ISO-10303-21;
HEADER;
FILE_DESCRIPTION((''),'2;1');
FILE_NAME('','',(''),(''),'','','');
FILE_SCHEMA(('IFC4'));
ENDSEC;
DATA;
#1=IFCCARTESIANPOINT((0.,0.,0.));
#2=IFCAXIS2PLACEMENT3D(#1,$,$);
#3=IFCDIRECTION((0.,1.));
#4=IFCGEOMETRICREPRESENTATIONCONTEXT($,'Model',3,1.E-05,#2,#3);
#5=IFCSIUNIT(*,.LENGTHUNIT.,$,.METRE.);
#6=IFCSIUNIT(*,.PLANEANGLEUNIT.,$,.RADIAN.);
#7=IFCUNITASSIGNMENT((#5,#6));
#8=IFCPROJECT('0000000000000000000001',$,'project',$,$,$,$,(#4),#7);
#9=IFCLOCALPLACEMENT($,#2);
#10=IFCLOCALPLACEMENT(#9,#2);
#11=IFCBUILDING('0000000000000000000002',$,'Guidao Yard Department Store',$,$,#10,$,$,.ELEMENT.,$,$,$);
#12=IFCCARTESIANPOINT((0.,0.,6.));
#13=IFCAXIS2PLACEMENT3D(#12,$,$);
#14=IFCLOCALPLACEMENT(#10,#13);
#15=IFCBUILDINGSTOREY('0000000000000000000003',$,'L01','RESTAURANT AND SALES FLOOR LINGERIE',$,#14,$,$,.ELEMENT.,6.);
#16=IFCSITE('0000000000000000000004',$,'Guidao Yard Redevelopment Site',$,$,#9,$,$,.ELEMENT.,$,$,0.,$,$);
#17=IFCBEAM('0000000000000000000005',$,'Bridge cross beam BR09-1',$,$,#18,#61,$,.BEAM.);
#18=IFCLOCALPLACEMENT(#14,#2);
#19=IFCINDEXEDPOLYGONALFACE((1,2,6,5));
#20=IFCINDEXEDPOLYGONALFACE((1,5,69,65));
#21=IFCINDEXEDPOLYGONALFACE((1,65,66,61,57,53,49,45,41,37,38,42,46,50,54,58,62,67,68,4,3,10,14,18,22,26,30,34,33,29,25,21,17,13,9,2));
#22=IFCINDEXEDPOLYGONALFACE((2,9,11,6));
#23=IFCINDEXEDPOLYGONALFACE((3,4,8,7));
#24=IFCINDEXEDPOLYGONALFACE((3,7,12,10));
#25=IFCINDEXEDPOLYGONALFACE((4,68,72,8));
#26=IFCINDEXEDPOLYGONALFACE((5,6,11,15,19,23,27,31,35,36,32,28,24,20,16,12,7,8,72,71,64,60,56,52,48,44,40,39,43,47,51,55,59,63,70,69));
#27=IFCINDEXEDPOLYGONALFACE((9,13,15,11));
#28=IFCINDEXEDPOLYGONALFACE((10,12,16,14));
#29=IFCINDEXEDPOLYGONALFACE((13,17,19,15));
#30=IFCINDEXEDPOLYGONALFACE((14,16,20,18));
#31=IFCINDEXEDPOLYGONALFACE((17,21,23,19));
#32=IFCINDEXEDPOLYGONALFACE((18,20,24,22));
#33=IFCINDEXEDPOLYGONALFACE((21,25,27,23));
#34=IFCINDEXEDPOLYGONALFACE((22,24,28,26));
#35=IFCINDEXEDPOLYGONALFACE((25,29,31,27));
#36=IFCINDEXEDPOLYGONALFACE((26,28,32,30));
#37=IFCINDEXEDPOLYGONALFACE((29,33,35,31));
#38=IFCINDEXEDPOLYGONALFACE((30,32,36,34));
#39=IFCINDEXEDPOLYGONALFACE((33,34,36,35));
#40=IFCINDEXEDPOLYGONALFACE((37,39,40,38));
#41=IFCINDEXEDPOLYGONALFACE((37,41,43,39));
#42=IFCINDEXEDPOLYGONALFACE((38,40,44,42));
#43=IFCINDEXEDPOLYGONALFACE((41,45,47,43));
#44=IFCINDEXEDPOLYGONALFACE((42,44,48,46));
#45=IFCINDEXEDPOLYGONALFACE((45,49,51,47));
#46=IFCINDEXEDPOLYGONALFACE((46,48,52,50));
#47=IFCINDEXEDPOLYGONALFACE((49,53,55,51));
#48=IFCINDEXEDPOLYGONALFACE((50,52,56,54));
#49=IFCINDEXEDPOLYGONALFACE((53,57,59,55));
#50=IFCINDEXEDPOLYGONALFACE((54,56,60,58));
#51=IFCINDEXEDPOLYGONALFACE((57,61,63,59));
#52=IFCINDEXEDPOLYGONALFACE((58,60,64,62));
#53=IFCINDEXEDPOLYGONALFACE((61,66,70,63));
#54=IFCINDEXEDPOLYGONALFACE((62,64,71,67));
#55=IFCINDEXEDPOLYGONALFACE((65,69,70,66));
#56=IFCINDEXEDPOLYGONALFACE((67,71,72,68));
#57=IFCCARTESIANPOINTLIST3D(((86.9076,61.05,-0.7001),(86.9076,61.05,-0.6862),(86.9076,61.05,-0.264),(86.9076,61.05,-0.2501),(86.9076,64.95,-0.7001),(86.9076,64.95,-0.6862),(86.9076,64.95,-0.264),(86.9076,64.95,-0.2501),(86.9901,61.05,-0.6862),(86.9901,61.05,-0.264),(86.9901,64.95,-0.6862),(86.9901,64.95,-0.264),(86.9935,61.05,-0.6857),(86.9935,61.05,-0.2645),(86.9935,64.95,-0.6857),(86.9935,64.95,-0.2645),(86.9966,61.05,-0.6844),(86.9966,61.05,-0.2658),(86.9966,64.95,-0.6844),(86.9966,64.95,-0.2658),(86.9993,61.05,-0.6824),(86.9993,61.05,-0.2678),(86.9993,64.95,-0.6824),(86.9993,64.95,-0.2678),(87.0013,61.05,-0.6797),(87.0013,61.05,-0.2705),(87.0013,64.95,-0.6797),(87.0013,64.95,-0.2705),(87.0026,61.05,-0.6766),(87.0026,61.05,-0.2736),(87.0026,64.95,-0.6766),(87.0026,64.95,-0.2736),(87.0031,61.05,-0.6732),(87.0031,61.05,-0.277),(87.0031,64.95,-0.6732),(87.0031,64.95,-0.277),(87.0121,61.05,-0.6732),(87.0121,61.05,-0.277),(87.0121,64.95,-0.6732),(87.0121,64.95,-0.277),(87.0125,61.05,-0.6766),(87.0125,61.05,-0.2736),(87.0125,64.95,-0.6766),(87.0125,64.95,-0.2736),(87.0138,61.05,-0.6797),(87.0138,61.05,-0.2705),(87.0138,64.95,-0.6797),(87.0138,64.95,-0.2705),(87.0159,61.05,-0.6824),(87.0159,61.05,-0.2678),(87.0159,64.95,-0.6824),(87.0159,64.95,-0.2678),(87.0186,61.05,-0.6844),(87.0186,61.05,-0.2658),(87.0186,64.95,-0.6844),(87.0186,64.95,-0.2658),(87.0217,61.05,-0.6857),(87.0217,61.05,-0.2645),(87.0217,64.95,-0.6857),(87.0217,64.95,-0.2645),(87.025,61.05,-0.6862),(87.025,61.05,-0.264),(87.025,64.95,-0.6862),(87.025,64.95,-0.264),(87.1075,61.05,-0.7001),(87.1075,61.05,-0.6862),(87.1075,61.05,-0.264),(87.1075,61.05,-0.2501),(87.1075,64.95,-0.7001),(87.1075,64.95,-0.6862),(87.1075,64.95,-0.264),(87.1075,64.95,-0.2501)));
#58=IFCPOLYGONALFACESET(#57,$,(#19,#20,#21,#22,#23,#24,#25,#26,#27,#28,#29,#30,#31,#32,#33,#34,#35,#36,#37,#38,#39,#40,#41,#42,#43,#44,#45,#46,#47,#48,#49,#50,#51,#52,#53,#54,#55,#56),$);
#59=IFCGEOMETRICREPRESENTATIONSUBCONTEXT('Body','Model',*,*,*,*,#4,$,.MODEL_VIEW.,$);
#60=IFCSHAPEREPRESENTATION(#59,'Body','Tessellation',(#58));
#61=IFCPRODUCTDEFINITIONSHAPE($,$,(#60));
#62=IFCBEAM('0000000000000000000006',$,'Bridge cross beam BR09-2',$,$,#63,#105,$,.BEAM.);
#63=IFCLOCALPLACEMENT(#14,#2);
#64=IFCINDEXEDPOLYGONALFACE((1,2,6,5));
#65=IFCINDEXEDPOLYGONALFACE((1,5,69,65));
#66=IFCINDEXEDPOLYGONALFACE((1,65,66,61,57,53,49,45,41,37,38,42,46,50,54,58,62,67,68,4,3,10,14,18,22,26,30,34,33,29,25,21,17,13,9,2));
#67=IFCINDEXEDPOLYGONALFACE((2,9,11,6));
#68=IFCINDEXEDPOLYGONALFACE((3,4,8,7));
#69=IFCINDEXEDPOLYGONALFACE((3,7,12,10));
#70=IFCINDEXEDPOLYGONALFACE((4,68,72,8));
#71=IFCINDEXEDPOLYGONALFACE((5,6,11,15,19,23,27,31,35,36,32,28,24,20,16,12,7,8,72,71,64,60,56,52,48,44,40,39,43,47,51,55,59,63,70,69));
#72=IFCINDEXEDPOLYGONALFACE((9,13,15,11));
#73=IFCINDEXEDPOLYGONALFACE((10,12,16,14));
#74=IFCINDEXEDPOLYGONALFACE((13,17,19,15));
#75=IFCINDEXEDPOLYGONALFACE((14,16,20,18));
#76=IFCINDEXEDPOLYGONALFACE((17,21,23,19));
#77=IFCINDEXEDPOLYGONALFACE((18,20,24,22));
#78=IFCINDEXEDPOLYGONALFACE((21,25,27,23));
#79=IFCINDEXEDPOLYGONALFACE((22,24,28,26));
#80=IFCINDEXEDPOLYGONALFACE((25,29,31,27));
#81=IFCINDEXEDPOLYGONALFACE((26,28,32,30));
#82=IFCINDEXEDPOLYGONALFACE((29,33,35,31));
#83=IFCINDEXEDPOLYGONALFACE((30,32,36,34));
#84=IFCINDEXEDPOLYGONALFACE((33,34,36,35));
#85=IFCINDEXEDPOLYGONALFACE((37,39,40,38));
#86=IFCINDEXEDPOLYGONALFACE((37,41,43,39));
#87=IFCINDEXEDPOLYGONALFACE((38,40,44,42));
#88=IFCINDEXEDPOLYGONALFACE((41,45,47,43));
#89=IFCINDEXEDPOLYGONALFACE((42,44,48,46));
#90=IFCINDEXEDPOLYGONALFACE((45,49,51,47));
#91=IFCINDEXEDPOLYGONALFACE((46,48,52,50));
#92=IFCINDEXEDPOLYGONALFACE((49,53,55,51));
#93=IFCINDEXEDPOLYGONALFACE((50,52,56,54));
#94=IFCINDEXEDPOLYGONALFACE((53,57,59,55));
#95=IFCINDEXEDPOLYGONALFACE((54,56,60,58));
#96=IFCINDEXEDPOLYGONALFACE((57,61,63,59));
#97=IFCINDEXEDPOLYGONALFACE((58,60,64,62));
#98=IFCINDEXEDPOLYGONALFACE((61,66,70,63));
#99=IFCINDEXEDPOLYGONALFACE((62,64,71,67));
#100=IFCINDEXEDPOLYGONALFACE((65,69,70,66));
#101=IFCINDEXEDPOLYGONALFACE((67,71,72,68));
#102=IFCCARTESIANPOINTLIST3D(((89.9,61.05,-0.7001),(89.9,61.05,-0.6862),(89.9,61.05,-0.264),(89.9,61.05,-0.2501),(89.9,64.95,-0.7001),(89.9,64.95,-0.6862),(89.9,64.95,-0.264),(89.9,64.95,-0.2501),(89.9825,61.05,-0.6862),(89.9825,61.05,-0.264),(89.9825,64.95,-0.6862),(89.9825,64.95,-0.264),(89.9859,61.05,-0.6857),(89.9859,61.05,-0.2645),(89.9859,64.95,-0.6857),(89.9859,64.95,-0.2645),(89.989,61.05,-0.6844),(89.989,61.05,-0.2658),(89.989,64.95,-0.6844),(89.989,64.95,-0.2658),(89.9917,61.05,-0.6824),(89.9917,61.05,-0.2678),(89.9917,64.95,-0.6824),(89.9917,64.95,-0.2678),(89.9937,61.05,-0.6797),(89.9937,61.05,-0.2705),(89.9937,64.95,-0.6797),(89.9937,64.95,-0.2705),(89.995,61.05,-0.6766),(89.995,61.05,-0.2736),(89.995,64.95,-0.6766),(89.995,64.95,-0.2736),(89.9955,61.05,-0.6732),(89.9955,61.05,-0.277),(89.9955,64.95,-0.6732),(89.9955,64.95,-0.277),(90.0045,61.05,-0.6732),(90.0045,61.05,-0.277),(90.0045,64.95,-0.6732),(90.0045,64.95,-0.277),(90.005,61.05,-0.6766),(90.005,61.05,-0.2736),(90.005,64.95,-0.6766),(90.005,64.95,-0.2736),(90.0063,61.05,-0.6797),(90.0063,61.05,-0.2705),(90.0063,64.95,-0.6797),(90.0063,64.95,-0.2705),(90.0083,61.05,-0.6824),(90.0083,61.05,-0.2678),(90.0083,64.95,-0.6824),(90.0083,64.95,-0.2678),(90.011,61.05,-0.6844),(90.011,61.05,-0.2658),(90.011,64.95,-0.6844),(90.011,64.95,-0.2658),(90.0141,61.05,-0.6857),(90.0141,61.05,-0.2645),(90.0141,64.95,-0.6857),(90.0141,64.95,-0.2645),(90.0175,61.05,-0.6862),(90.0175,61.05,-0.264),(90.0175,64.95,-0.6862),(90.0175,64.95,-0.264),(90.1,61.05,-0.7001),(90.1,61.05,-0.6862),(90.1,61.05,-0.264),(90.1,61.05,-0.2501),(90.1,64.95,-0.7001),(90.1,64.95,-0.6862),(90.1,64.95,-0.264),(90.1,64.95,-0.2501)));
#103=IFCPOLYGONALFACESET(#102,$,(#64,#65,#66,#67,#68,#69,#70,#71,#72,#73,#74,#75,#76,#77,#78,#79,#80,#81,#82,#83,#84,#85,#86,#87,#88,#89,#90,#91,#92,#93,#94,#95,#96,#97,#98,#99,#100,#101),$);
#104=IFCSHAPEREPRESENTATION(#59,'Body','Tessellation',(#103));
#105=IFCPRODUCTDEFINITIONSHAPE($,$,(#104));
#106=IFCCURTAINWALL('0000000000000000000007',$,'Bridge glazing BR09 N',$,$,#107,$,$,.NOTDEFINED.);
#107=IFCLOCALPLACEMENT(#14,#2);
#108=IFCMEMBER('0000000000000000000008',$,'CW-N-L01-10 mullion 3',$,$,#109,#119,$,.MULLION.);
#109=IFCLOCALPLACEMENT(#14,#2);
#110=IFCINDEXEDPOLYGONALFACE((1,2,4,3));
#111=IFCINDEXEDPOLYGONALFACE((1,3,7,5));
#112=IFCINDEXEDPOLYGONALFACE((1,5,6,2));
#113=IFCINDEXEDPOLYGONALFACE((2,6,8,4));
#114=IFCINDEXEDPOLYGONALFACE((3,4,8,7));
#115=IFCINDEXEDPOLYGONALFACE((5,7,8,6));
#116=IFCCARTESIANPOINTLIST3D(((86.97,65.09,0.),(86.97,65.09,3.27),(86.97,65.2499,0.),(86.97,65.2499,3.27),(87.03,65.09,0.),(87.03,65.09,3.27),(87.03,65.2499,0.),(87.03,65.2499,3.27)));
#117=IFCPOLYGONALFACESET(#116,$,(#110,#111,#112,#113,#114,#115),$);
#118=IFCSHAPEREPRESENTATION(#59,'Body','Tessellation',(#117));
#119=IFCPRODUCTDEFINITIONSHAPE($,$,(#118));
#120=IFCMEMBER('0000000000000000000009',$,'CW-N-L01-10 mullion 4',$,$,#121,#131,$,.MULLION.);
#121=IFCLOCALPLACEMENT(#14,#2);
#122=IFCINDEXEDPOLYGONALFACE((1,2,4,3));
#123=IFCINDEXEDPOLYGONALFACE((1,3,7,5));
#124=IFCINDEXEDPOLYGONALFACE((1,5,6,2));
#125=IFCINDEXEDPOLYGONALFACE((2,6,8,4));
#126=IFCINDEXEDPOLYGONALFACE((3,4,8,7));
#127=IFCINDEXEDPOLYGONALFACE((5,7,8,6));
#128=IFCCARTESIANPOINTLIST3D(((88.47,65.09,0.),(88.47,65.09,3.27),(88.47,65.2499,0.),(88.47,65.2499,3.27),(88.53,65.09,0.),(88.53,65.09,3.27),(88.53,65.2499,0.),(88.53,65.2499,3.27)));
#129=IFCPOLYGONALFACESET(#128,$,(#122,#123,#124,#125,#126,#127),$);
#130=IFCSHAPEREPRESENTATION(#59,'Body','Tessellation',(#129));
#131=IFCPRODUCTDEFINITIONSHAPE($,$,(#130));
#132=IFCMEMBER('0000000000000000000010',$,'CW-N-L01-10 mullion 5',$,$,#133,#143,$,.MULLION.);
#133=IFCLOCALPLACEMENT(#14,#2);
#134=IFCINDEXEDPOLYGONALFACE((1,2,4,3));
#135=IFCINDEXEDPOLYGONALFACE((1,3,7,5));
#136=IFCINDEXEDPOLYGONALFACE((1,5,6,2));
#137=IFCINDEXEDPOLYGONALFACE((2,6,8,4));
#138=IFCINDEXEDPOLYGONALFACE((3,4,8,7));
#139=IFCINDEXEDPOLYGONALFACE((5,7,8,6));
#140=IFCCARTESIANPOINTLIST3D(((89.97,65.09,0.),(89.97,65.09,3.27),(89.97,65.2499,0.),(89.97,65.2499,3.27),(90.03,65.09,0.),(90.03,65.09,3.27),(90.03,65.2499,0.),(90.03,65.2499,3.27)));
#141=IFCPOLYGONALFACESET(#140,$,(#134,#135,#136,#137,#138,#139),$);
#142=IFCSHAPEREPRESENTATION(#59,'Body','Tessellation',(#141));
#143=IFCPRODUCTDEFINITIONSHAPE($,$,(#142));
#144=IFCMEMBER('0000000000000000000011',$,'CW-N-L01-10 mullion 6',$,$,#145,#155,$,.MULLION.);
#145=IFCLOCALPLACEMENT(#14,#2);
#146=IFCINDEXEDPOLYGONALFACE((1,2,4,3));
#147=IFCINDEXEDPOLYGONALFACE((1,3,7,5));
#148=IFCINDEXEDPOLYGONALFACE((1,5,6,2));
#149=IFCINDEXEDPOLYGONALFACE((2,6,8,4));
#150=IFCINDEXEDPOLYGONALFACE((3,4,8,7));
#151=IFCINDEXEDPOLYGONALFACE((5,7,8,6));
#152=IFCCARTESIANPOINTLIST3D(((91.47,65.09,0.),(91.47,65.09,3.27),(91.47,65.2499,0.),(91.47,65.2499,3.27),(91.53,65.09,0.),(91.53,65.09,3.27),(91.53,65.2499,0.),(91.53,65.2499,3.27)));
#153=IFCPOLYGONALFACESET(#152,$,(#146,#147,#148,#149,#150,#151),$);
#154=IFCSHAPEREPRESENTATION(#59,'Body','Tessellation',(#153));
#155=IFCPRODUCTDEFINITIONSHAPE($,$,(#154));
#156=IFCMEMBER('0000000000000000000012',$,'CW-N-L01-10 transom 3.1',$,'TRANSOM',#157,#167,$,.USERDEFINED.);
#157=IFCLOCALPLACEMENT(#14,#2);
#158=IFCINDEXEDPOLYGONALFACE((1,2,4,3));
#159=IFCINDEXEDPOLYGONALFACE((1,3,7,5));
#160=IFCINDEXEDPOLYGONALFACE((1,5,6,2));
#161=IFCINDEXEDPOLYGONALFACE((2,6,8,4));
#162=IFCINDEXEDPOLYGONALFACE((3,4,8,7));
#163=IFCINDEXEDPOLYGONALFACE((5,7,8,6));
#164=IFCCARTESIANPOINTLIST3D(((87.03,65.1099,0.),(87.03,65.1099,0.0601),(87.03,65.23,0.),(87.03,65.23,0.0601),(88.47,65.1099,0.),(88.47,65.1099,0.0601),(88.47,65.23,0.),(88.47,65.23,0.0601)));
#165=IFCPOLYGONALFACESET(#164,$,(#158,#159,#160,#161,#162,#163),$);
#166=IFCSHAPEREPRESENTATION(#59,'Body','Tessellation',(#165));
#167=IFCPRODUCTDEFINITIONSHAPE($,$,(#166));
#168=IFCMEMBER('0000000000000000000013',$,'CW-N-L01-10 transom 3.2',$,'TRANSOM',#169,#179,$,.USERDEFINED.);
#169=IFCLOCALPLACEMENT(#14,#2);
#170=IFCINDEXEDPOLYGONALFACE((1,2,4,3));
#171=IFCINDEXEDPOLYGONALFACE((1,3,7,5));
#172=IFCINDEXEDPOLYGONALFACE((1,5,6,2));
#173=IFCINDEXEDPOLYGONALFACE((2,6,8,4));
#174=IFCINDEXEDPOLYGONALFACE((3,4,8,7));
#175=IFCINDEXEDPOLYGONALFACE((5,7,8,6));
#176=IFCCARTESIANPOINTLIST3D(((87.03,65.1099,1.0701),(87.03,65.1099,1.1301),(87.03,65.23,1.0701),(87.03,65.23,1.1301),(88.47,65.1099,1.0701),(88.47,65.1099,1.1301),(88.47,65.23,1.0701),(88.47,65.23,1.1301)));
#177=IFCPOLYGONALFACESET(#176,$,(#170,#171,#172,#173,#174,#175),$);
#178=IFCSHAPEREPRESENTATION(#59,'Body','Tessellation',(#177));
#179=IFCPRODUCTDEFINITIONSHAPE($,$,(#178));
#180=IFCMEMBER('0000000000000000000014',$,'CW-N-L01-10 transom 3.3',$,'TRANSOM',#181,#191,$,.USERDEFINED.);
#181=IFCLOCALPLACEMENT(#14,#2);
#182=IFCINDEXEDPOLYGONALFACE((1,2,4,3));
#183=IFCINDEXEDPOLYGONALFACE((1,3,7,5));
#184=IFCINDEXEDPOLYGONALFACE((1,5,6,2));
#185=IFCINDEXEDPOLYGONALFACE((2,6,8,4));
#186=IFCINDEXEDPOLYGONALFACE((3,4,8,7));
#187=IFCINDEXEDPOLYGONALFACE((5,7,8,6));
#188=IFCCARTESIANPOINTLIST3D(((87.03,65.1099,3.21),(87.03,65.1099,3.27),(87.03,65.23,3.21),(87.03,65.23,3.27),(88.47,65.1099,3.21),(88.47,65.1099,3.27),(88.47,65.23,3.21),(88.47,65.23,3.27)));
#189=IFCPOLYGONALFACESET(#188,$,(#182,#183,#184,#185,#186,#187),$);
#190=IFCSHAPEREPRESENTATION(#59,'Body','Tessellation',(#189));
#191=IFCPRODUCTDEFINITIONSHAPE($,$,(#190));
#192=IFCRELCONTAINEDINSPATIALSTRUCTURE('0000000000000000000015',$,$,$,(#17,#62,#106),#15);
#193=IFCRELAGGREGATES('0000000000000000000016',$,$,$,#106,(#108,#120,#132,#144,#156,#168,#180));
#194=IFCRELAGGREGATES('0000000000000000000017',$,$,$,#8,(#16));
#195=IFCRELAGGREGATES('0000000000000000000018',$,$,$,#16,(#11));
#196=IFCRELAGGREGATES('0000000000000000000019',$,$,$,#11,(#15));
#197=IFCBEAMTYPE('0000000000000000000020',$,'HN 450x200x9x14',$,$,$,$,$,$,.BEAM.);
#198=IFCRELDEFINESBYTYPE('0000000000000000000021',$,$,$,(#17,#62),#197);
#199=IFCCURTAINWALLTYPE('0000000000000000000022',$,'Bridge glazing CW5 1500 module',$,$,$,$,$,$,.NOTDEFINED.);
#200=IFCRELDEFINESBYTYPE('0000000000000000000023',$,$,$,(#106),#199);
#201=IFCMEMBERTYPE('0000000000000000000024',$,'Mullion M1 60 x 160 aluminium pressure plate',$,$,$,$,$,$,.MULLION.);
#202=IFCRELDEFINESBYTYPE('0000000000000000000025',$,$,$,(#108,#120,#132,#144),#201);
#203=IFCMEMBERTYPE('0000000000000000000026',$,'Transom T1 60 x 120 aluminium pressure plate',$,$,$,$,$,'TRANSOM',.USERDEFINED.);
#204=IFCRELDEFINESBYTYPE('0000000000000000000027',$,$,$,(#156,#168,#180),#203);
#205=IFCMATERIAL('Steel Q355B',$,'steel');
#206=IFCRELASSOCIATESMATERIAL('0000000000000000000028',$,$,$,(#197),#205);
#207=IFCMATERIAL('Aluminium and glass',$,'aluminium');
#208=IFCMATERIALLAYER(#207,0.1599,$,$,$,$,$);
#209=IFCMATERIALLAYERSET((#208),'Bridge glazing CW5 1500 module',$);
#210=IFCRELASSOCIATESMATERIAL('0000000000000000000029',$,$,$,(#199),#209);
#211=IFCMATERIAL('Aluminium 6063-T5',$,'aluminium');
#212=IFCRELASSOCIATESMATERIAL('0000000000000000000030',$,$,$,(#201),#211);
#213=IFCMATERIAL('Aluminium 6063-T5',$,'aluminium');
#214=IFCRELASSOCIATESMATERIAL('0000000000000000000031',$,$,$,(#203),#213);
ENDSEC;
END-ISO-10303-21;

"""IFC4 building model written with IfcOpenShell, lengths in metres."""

from ifc_helpers import new_model, si_unit, direction, frame, origin, origin_2d, place, context, subcontext, project, spatial, rectangle, i_section, extrude, material, layer, layer_set, material_profile, profile_set, type_object, element, aggregate, save


model = new_model("IFC4")

# Units and contexts
model_context = context("Model", 3, precision=1e-05, world=origin(), true_north=direction((0.0, 1.0)))
body_context = subcontext(model_context, "Body", "Model", "MODEL_VIEW")
ifc_project = project(units=[si_unit("LENGTHUNIT", "METRE"), si_unit("PLANEANGLEUNIT", "RADIAN")], contexts=[model_context])

# Site, building, storey
site_placement = place(None, origin())
site = spatial("IfcSite", under=ifc_project, at=site_placement, Name="Guidao Yard Redevelopment Site", CompositionType="ELEMENT", RefElevation=0.0)
building_placement = place(site_placement, origin())
building = spatial("IfcBuilding", under=site, at=building_placement, Name="Guidao Yard Department Store", CompositionType="ELEMENT")
storey_placement = place(building_placement, frame((0.0, 0.0, 6.0)))
storey = spatial("IfcBuildingStorey", under=building, at=storey_placement, Name="L01", Description="RESTAURANT AND SALES FLOOR LINGERIE", CompositionType="ELEMENT", Elevation=6.0)

# Beams
ifc_material_1 = material(Name="Steel Q355B", Category="steel")
ifc_material_profile_1 = material_profile(ifc_material_1, i_section(OverallWidth=0.2, OverallDepth=0.45, WebThickness=0.009, FlangeThickness=0.0139, FilletRadius=0.0129, at=origin_2d()), Name="HN 450x200x9x14")
ifc_profile_set_1 = profile_set([ifc_material_profile_1], Name="Steel Q355B")
beam_type = type_object("IfcBeamType", Name="HN 450x200x9x14", PredefinedType="BEAM", material=ifc_profile_set_1)
for number, where, z_axis, x_axis, name in (
    (1, (87.0076, 61.05, -0.4751), (0.0, 1.0, 0.0), (-1.0, 0.0, 0.0), "Bridge cross beam BR09-1"),
    (2, (90.0, 61.05, -0.4751), (0.0, 1.0, 0.0), (-1.0, 0.0, 0.0), "Bridge cross beam BR09-2"),
):
    element("IfcBeam", number, at=place(storey_placement, frame(where, z_axis=z_axis, x_axis=x_axis)), inside=storey, type_object=beam_type, Name=name, PredefinedType="BEAM", context=body_context, shape_type="SweptSolid", body=[
        extrude(i_section(OverallWidth=0.2, OverallDepth=0.45, WebThickness=0.009, FlangeThickness=0.0139, FilletRadius=0.0129, at=origin_2d()), origin(), (0.0, 0.0, 1.0), 3.8999),
    ])

# Curtain wall, members
ifc_material_2 = material(Name="Aluminium and glass", Category="aluminium")
ifc_layer_1 = layer(ifc_material_2, 0.1599)
ifc_layer_set_1 = layer_set([ifc_layer_1], Name="Bridge glazing CW5 1500 module")
curtain_wall_type = type_object("IfcCurtainWallType", Name="Bridge glazing CW5 1500 module", PredefinedType="NOTDEFINED", material=ifc_layer_set_1)
curtain_wall_1_placement = place(storey_placement, origin())
curtain_wall_1 = element("IfcCurtainWall", 3, at=curtain_wall_1_placement, inside=storey, type_object=curtain_wall_type, Name="Bridge glazing BR09 N", PredefinedType="NOTDEFINED")
ifc_material_3 = material(Name="Aluminium 6063-T5", Category="aluminium")
ifc_material_profile_2 = material_profile(ifc_material_3, rectangle(XDim=0.0601, YDim=0.1599, at=origin_2d()), Name="Mullion M1 60 x 160 aluminium pressure plate")
ifc_profile_set_2 = profile_set([ifc_material_profile_2], Name="Aluminium 6063-T5")
member_type_1 = type_object("IfcMemberType", Name="Mullion M1 60 x 160 aluminium pressure plate", PredefinedType="MULLION", material=ifc_profile_set_2)
member_1_placement = place(storey_placement, frame((87.0, 65.1699, 0.0), z_axis=(0.0, 0.0, 1.0), x_axis=(1.0, 0.0, 0.0)))
member_1 = element("IfcMember", 4, at=member_1_placement, type_object=member_type_1, Name="CW-N-L01-10 mullion 3", PredefinedType="MULLION", context=body_context, shape_type="SweptSolid", body=[
    extrude(rectangle(XDim=0.0601, YDim=0.1599, at=origin_2d()), origin(), (0.0, 0.0, 1.0), 3.27),
])
member_2_placement = place(storey_placement, frame((88.5, 65.1699, 0.0), z_axis=(0.0, 0.0, 1.0), x_axis=(1.0, 0.0, 0.0)))
member_2 = element("IfcMember", 5, at=member_2_placement, type_object=member_type_1, Name="CW-N-L01-10 mullion 4", PredefinedType="MULLION", context=body_context, shape_type="SweptSolid", body=[
    extrude(rectangle(XDim=0.0601, YDim=0.1599, at=origin_2d()), origin(), (0.0, 0.0, 1.0), 3.27),
])
member_3_placement = place(storey_placement, frame((90.0, 65.1699, 0.0), z_axis=(0.0, 0.0, 1.0), x_axis=(1.0, 0.0, 0.0)))
member_3 = element("IfcMember", 6, at=member_3_placement, type_object=member_type_1, Name="CW-N-L01-10 mullion 5", PredefinedType="MULLION", context=body_context, shape_type="SweptSolid", body=[
    extrude(rectangle(XDim=0.0601, YDim=0.1599, at=origin_2d()), origin(), (0.0, 0.0, 1.0), 3.27),
])
member_4_placement = place(storey_placement, frame((91.5, 65.1699, 0.0), z_axis=(0.0, 0.0, 1.0), x_axis=(1.0, 0.0, 0.0)))
member_4 = element("IfcMember", 7, at=member_4_placement, type_object=member_type_1, Name="CW-N-L01-10 mullion 6", PredefinedType="MULLION", context=body_context, shape_type="SweptSolid", body=[
    extrude(rectangle(XDim=0.0601, YDim=0.1599, at=origin_2d()), origin(), (0.0, 0.0, 1.0), 3.27),
])
ifc_material_4 = material(Name="Aluminium 6063-T5", Category="aluminium")
ifc_material_profile_3 = material_profile(ifc_material_4, rectangle(XDim=0.1201, YDim=0.0601, at=origin_2d()), Name="Transom T1 60 x 120 aluminium pressure plate")
ifc_profile_set_3 = profile_set([ifc_material_profile_3], Name="Aluminium 6063-T5")
member_type_2 = type_object("IfcMemberType", Name="Transom T1 60 x 120 aluminium pressure plate", ElementType="TRANSOM", PredefinedType="USERDEFINED", material=ifc_profile_set_3)
member_5_placement = place(storey_placement, frame((87.03, 65.1699, 0.03), z_axis=(1.0, 0.0, 0.0), x_axis=(0.0, 1.0, 0.0)))
member_5 = element("IfcMember", 8, at=member_5_placement, type_object=member_type_2, Name="CW-N-L01-10 transom 3.1", ObjectType="TRANSOM", PredefinedType="USERDEFINED", context=body_context, shape_type="SweptSolid", body=[
    extrude(rectangle(XDim=0.1201, YDim=0.0601, at=origin_2d()), origin(), (0.0, 0.0, 1.0), 1.4399),
])
member_6_placement = place(storey_placement, frame((87.03, 65.1699, 1.1001), z_axis=(1.0, 0.0, 0.0), x_axis=(0.0, 1.0, 0.0)))
member_6 = element("IfcMember", 9, at=member_6_placement, type_object=member_type_2, Name="CW-N-L01-10 transom 3.2", ObjectType="TRANSOM", PredefinedType="USERDEFINED", context=body_context, shape_type="SweptSolid", body=[
    extrude(rectangle(XDim=0.1201, YDim=0.0601, at=origin_2d()), origin(), (0.0, 0.0, 1.0), 1.4399),
])
member_7_placement = place(storey_placement, frame((87.03, 65.1699, 3.24), z_axis=(1.0, 0.0, 0.0), x_axis=(0.0, 1.0, 0.0)))
member_7 = element("IfcMember", 10, at=member_7_placement, type_object=member_type_2, Name="CW-N-L01-10 transom 3.3", ObjectType="TRANSOM", PredefinedType="USERDEFINED", context=body_context, shape_type="SweptSolid", body=[
    extrude(rectangle(XDim=0.1201, YDim=0.0601, at=origin_2d()), origin(), (0.0, 0.0, 1.0), 1.4399),
])

aggregate(curtain_wall_1, [member_1, member_2, member_3, member_4, member_5, member_6, member_7])

save(model, "model.ifc")
